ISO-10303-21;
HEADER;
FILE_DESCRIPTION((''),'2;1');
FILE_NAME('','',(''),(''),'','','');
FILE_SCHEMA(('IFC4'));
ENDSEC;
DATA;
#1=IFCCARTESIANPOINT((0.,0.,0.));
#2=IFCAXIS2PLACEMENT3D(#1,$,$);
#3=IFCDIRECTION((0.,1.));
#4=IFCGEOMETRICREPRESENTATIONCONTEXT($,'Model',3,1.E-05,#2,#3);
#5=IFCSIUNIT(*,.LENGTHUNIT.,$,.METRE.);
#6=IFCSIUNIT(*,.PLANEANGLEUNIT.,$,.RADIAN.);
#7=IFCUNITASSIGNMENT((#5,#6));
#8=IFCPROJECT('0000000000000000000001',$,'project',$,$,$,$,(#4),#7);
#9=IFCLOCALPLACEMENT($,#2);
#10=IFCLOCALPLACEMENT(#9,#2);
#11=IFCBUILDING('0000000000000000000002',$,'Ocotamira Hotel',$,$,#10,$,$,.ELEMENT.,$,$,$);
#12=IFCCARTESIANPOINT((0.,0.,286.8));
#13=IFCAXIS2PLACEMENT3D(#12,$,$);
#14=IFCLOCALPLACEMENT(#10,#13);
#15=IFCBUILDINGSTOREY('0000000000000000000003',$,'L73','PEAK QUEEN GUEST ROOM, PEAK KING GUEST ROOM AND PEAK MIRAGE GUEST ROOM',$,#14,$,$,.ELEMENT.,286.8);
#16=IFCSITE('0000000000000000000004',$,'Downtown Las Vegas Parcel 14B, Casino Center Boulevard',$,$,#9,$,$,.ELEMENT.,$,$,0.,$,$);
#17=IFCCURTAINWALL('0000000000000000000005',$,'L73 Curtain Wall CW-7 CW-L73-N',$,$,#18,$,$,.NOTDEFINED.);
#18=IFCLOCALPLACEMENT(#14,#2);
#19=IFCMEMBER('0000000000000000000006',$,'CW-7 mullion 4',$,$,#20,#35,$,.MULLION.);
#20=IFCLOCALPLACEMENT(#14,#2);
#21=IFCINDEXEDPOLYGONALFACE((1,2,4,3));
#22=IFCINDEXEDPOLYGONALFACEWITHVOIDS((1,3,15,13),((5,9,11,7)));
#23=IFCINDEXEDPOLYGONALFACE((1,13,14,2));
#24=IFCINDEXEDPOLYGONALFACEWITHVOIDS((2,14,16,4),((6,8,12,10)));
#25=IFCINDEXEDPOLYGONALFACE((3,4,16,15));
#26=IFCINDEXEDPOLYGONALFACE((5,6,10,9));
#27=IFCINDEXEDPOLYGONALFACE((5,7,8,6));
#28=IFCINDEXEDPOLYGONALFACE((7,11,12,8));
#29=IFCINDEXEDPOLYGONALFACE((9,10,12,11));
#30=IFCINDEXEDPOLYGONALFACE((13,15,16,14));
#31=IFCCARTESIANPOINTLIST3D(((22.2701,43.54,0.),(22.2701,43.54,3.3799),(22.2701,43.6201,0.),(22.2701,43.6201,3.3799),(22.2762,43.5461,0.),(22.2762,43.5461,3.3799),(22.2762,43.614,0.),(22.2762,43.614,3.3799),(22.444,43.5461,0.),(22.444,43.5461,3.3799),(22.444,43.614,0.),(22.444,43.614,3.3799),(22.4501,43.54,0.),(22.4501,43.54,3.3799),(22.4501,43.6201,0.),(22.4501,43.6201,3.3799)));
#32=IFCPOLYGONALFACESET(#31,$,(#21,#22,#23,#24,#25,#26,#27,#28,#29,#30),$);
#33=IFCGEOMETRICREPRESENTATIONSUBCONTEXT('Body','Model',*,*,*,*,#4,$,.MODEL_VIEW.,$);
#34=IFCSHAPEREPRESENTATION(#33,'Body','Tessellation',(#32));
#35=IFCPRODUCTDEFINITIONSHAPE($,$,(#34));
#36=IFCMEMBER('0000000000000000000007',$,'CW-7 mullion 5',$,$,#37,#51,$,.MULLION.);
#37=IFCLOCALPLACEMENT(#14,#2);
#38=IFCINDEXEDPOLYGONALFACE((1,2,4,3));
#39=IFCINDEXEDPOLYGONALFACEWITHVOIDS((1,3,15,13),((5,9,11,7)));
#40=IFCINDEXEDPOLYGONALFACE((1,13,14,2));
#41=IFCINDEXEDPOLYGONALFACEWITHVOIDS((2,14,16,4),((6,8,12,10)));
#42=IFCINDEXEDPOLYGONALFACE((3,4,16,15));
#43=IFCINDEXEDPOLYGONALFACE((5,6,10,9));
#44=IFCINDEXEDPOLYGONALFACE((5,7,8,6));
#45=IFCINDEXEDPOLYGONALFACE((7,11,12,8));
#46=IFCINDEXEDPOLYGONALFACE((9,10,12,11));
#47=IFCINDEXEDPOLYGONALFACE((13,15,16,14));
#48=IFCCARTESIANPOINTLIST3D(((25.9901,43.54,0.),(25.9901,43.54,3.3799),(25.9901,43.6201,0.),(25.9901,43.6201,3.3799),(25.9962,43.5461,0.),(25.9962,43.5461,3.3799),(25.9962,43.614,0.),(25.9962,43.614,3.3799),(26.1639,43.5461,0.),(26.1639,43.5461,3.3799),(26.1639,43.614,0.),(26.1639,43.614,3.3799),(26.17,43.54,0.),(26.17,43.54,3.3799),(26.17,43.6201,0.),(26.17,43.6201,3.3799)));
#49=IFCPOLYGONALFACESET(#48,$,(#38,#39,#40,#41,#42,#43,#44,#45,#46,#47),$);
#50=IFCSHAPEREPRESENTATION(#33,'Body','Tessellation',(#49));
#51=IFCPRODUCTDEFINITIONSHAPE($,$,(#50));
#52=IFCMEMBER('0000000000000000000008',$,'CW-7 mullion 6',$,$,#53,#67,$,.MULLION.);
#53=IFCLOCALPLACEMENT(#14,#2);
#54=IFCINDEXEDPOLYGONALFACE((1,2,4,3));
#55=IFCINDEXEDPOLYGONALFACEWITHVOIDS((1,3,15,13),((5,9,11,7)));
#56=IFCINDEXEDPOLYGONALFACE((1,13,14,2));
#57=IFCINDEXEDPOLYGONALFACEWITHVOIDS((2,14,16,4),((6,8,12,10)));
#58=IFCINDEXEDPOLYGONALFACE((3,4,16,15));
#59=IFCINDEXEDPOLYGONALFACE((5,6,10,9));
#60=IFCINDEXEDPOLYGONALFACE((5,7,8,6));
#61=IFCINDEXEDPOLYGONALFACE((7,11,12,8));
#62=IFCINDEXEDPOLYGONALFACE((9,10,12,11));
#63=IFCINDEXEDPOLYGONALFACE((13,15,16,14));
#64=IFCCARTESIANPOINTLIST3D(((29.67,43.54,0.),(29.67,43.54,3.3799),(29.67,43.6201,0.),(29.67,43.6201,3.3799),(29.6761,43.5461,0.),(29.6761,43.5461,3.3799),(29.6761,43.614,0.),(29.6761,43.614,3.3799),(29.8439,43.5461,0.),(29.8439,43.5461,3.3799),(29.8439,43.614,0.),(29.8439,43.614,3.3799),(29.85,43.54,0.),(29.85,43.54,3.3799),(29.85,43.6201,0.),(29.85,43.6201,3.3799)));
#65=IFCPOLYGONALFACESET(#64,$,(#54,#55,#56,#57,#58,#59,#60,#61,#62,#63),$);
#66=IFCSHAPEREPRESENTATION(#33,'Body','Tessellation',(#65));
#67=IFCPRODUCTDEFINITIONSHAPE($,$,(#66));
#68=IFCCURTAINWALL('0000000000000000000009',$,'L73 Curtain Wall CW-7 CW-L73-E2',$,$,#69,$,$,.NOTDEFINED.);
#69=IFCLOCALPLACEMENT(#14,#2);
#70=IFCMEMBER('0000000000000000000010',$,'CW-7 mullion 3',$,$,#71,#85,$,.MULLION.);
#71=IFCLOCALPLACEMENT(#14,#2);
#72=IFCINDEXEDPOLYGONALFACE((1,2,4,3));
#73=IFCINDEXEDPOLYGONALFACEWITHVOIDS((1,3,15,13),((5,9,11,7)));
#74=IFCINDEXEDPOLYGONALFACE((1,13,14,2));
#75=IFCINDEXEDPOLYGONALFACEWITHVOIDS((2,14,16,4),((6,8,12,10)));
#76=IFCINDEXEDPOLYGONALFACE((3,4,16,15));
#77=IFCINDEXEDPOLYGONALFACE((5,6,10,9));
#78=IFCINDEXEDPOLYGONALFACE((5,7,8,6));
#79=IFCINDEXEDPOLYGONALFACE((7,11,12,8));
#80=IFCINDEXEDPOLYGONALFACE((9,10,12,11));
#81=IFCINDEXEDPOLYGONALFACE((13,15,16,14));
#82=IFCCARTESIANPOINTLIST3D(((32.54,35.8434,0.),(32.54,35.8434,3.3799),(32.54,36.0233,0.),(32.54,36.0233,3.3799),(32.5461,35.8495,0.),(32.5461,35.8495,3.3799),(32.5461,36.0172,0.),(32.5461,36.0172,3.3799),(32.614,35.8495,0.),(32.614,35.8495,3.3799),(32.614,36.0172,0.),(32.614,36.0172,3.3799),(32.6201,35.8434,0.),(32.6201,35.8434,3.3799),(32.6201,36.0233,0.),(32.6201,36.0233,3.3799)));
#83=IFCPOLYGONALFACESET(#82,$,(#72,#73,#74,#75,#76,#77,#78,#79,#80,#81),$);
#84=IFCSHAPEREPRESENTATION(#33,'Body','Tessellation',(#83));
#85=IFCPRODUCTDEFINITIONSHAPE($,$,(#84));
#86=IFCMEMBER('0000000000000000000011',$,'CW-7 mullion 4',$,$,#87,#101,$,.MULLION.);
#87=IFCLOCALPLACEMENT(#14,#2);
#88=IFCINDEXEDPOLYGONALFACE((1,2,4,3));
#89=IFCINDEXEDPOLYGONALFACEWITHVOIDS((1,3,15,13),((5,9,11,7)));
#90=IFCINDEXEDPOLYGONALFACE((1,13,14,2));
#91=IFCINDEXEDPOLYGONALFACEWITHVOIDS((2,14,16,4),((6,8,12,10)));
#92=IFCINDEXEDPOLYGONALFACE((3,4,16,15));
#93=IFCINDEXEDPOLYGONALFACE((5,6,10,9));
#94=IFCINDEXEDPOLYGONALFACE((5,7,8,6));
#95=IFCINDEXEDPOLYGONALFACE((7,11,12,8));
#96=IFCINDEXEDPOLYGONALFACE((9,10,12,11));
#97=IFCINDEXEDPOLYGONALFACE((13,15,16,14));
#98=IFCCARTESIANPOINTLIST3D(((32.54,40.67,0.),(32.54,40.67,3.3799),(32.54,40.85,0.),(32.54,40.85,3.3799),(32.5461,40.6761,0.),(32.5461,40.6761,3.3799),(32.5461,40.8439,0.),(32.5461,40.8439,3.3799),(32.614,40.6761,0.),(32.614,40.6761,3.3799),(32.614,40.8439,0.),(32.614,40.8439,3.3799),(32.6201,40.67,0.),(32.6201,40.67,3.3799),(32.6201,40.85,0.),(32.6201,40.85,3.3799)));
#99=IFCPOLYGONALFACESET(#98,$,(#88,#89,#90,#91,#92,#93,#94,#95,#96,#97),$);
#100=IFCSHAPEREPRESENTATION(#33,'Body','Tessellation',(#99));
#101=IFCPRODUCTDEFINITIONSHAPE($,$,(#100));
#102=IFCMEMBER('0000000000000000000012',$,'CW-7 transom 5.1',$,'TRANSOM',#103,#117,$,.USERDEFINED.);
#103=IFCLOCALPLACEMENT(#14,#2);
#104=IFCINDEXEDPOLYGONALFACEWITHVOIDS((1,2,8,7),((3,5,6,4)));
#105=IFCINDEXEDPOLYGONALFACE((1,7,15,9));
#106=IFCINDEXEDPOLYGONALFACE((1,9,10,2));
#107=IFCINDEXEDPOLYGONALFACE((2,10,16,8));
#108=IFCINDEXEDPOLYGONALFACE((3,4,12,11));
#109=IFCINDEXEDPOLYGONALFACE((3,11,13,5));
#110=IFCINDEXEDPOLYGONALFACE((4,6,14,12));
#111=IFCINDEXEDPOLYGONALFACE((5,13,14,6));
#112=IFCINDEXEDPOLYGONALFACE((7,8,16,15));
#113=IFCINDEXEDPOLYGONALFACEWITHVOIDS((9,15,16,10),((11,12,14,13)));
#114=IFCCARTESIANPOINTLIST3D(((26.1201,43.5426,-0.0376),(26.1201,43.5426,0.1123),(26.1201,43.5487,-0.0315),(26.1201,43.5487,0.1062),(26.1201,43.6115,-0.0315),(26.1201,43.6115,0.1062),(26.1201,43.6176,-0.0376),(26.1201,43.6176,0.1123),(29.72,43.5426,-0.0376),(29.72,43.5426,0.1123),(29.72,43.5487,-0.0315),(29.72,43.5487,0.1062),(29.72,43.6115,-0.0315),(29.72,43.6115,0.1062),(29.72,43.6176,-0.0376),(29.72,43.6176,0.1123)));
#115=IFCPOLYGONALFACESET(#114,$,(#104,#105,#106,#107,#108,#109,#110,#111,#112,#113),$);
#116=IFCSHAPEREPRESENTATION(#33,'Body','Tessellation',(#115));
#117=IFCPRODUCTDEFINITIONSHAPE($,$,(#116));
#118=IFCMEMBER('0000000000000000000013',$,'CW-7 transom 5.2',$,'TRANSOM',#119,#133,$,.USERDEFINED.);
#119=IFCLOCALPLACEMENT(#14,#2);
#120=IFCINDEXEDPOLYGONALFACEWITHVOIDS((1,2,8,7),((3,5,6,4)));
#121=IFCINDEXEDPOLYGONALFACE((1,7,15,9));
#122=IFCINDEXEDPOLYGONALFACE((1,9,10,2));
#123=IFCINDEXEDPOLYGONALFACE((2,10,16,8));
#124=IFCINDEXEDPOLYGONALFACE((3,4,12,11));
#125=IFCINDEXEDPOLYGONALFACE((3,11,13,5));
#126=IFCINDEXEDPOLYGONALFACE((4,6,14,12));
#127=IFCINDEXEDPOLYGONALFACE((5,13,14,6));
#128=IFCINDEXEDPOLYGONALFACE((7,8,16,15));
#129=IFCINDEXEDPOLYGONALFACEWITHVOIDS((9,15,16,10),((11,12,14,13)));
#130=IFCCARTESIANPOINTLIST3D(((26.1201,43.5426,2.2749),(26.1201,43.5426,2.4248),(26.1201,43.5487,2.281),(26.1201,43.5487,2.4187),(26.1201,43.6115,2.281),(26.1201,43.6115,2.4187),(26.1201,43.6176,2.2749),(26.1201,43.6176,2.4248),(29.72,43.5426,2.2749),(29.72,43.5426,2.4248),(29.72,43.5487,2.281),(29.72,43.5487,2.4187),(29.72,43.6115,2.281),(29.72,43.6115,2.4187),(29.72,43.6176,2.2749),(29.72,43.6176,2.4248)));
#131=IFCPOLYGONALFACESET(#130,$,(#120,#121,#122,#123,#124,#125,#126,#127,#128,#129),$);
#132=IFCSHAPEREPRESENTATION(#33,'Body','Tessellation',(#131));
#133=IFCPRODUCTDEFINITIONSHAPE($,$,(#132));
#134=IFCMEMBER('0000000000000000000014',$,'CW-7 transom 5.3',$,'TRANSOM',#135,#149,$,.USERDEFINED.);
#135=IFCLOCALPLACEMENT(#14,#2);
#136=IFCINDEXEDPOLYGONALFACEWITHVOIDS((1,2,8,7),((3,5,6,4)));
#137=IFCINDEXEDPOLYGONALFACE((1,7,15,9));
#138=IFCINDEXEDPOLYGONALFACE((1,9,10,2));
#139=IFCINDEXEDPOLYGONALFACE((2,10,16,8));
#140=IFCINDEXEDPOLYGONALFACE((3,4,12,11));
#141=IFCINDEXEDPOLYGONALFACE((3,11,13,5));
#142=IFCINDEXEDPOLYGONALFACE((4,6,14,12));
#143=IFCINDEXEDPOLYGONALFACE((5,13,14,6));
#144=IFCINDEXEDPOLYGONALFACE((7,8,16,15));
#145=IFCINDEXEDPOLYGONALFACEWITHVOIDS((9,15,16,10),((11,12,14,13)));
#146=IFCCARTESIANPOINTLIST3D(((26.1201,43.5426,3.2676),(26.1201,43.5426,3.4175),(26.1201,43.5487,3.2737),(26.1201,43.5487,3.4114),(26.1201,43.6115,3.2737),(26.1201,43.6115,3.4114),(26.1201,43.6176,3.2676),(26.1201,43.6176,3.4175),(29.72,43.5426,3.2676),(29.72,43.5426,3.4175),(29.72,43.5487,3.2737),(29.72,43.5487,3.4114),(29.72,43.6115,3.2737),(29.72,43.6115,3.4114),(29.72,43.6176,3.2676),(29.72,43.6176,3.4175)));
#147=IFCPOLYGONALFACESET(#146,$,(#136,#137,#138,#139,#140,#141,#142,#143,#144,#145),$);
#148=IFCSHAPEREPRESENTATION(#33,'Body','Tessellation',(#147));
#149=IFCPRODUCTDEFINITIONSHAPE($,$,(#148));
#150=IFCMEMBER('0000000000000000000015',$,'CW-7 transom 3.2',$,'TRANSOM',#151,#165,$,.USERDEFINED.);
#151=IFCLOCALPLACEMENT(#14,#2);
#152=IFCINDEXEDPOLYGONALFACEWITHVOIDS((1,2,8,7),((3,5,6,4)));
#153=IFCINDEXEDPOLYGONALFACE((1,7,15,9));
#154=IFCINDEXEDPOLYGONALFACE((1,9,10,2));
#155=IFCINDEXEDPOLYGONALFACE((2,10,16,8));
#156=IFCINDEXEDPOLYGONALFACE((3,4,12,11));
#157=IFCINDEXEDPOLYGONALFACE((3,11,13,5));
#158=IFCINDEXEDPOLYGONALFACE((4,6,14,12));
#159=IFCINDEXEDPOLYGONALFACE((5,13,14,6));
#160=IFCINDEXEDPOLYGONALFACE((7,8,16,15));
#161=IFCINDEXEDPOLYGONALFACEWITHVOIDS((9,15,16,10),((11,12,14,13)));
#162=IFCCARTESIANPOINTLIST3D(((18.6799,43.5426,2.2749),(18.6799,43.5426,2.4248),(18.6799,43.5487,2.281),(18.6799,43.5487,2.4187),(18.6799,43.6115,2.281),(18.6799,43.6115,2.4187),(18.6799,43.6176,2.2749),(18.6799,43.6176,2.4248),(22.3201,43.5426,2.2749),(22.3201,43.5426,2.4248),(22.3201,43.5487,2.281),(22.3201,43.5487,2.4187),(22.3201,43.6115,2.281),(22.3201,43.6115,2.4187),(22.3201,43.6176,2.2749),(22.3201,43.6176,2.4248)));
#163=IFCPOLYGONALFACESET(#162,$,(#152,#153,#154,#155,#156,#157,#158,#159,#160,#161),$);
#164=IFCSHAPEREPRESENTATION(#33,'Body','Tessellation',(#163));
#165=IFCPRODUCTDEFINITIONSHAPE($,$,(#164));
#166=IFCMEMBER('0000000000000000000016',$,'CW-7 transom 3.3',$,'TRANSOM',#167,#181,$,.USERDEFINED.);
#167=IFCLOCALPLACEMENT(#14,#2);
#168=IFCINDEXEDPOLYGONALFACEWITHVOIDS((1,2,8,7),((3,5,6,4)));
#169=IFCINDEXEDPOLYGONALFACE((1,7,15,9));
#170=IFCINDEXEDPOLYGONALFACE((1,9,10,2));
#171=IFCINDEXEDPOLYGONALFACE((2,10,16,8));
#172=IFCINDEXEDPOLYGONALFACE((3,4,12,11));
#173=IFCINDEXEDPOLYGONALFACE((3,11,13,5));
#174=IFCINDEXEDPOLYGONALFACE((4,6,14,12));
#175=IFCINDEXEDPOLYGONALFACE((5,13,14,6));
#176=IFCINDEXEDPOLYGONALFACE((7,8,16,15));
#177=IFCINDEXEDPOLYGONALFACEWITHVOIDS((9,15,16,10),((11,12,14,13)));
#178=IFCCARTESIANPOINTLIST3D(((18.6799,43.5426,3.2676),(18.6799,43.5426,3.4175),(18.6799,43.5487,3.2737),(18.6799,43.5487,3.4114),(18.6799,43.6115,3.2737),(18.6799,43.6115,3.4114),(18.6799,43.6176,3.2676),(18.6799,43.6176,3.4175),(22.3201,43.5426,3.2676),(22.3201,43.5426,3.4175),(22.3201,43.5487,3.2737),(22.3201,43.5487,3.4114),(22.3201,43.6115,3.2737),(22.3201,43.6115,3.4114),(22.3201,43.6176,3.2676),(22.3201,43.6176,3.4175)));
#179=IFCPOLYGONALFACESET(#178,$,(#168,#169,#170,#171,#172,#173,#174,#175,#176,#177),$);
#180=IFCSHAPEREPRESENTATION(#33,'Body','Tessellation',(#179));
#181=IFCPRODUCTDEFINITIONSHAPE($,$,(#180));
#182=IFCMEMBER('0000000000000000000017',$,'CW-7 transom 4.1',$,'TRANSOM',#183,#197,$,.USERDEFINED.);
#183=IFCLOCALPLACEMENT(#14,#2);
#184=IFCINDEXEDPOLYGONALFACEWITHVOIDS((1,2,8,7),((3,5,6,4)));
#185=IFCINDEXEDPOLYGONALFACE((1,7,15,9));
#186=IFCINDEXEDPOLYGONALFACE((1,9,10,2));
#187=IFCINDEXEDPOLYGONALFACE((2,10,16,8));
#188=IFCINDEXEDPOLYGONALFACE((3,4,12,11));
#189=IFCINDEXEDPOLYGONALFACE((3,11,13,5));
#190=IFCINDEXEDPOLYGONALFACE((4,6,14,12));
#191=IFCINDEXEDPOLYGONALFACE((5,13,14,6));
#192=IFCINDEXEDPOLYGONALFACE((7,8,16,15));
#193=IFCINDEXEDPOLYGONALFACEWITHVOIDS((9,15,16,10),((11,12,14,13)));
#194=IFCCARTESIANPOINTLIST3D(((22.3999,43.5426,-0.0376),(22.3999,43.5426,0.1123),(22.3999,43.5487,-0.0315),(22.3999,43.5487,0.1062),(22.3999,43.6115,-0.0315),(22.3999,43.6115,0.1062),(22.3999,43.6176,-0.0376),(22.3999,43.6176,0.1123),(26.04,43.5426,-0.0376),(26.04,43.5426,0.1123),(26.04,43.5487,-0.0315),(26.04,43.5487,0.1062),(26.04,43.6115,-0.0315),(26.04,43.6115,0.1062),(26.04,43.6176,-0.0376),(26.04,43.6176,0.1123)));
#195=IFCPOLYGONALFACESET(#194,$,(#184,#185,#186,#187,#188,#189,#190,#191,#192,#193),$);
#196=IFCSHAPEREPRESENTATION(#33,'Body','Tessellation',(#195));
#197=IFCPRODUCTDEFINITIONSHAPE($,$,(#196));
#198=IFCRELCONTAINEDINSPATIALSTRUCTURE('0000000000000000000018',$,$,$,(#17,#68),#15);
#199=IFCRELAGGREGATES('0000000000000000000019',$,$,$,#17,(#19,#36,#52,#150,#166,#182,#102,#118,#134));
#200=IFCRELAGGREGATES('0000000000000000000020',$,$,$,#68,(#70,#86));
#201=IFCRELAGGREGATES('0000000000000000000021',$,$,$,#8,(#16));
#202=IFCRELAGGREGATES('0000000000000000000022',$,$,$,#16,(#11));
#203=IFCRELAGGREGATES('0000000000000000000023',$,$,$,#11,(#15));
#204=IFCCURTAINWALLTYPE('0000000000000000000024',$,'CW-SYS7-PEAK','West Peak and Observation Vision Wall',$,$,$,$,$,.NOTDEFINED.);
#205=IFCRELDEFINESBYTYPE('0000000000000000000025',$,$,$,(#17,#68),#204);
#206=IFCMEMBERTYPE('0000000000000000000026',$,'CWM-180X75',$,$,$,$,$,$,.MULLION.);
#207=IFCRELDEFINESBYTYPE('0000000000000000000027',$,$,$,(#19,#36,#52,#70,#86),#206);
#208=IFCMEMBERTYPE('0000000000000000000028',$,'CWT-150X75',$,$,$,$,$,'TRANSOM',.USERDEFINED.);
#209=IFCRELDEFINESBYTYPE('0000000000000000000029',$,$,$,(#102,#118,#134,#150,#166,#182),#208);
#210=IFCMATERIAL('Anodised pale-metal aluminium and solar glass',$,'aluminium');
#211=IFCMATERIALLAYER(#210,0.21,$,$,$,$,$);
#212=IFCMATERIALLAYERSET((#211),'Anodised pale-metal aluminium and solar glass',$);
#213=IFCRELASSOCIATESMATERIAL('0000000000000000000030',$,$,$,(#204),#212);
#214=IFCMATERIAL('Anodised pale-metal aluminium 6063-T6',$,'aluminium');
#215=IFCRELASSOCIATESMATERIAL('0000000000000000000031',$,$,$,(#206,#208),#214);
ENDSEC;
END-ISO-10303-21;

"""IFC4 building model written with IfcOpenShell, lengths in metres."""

from ifc_helpers import new_model, si_unit, direction, frame, origin, origin_2d, place, context, subcontext, project, spatial, hollow_rectangle, extrude, source, transform, mapped, material, layer, layer_set, material_profile, profile_set, type_object, element, aggregate, save


model = new_model("IFC4")

# Units and contexts
model_context = context("Model", 3, precision=1e-05, world=origin(), true_north=direction((0.0, 1.0)))
body_context = subcontext(model_context, "Body", "Model", "MODEL_VIEW")
ifc_project = project(units=[si_unit("LENGTHUNIT", "METRE"), si_unit("PLANEANGLEUNIT", "RADIAN")], contexts=[model_context])

# Site, building, storey
site_placement = place(None, origin())
site = spatial("IfcSite", under=ifc_project, at=site_placement, Name="Downtown Las Vegas Parcel 14B, Casino Center Boulevard", CompositionType="ELEMENT", RefElevation=0.0)
building_placement = place(site_placement, origin())
building = spatial("IfcBuilding", under=site, at=building_placement, Name="Ocotamira Hotel", CompositionType="ELEMENT")
storey_placement = place(building_placement, frame((0.0, 0.0, 286.8)))
storey = spatial("IfcBuildingStorey", under=building, at=storey_placement, Name="L73", Description="PEAK QUEEN GUEST ROOM, PEAK KING GUEST ROOM AND PEAK MIRAGE GUEST ROOM", CompositionType="ELEMENT", Elevation=286.8)

# Curtain walls, members
ifc_material_1 = material(Name="Anodised pale-metal aluminium and solar glass", Category="aluminium")
ifc_layer_1 = layer(ifc_material_1, 0.21)
ifc_layer_set_1 = layer_set([ifc_layer_1], Name="Anodised pale-metal aluminium and solar glass")
curtain_wall_type = type_object("IfcCurtainWallType", Name="CW-SYS7-PEAK", Description="West Peak and Observation Vision Wall", PredefinedType="NOTDEFINED", material=ifc_layer_set_1)
curtain_wall_1_placement = place(storey_placement, origin())
curtain_wall_1 = element("IfcCurtainWall", 1, at=curtain_wall_1_placement, inside=storey, type_object=curtain_wall_type, Name="L73 Curtain Wall CW-7 CW-L73-N", PredefinedType="NOTDEFINED")
ifc_material_2 = material(Name="Anodised pale-metal aluminium 6063-T6", Category="aluminium")
ifc_material_profile_1 = material_profile(ifc_material_2, hollow_rectangle(XDim=0.0801, YDim=0.1799, WallThickness=0.0061, at=origin_2d()), Name="HSS180X80X6")
ifc_profile_set_1 = profile_set([ifc_material_profile_1], Name="Anodised pale-metal aluminium 6063-T6")
member_type_1 = type_object("IfcMemberType", Name="CWM-180X75", PredefinedType="MULLION", material=ifc_profile_set_1)
shared_shape_1 = source(origin(), body_context, "Body", "SweptSolid", [
    extrude(hollow_rectangle(XDim=0.0801, YDim=0.1799, WallThickness=0.0061, at=origin_2d()), origin(), (0.0, 0.0, 1.0), 3.3799),
])
member_1_placement = place(storey_placement, frame((22.3601, 43.5801, 0.0), z_axis=(0.0, 0.0, 1.0), x_axis=(0.0, 1.0, 0.0)))
member_1 = element("IfcMember", 2, at=member_1_placement, type_object=member_type_1, Name="CW-7 mullion 4", PredefinedType="MULLION", context=body_context, shape_type="MappedRepresentation", body=[
    mapped(shared_shape_1, transform((0.0, 0.0, 0.0), scale=1.0)),
])
member_2_placement = place(storey_placement, frame((26.0801, 43.5801, 0.0), z_axis=(0.0, 0.0, 1.0), x_axis=(0.0, 1.0, 0.0)))
member_2 = element("IfcMember", 3, at=member_2_placement, type_object=member_type_1, Name="CW-7 mullion 5", PredefinedType="MULLION", context=body_context, shape_type="MappedRepresentation", body=[
    mapped(shared_shape_1, transform((0.0, 0.0, 0.0), scale=1.0)),
])
member_3_placement = place(storey_placement, frame((29.76, 43.5801, 0.0), z_axis=(0.0, 0.0, 1.0), x_axis=(0.0, 1.0, 0.0)))
member_3 = element("IfcMember", 4, at=member_3_placement, type_object=member_type_1, Name="CW-7 mullion 6", PredefinedType="MULLION", context=body_context, shape_type="MappedRepresentation", body=[
    mapped(shared_shape_1, transform((0.0, 0.0, 0.0), scale=1.0)),
])
curtain_wall_2_placement = place(storey_placement, origin())
curtain_wall_2 = element("IfcCurtainWall", 5, at=curtain_wall_2_placement, inside=storey, type_object=curtain_wall_type, Name="L73 Curtain Wall CW-7 CW-L73-E2", PredefinedType="NOTDEFINED")
member_4_placement = place(storey_placement, frame((32.5801, 35.9333, 0.0), z_axis=(0.0, 0.0, 1.0), x_axis=(-1.0, 0.0, 0.0)))
member_4 = element("IfcMember", 6, at=member_4_placement, type_object=member_type_1, Name="CW-7 mullion 3", PredefinedType="MULLION", context=body_context, shape_type="MappedRepresentation", body=[
    mapped(shared_shape_1, transform((0.0, 0.0, 0.0), scale=1.0)),
])
member_5_placement = place(storey_placement, frame((32.5801, 40.76, 0.0), z_axis=(0.0, 0.0, 1.0), x_axis=(-1.0, 0.0, 0.0)))
member_5 = element("IfcMember", 7, at=member_5_placement, type_object=member_type_1, Name="CW-7 mullion 4", PredefinedType="MULLION", context=body_context, shape_type="MappedRepresentation", body=[
    mapped(shared_shape_1, transform((0.0, 0.0, 0.0), scale=1.0)),
])

# Members
ifc_material_profile_2 = material_profile(ifc_material_2, hollow_rectangle(XDim=0.075, YDim=0.1499, WallThickness=0.0061, at=origin_2d()), Name="HSS150X75X6")
ifc_profile_set_2 = profile_set([ifc_material_profile_2], Name="Anodised pale-metal aluminium 6063-T6")
member_type_2 = type_object("IfcMemberType", Name="CWT-150X75", ElementType="TRANSOM", PredefinedType="USERDEFINED", material=ifc_profile_set_2)
shared_shape_2 = source(origin(), body_context, "Body", "SweptSolid", [
    extrude(hollow_rectangle(XDim=0.075, YDim=0.1499, WallThickness=0.0061, at=origin_2d()), origin(), (0.0, 0.0, 1.0), 3.5999),
])
member_6_placement = place(storey_placement, frame((26.1201, 43.5801, 0.0374), z_axis=(1.0, 0.0, 0.0), x_axis=(0.0, 1.0, 0.0)))
member_6 = element("IfcMember", 8, at=member_6_placement, type_object=member_type_2, Name="CW-7 transom 5.1", ObjectType="TRANSOM", PredefinedType="USERDEFINED", context=body_context, shape_type="MappedRepresentation", body=[
    mapped(shared_shape_2, transform((0.0, 0.0, 0.0), scale=1.0)),
])
member_7_placement = place(storey_placement, frame((26.1201, 43.5801, 2.3499), z_axis=(1.0, 0.0, 0.0), x_axis=(0.0, 1.0, 0.0)))
member_7 = element("IfcMember", 9, at=member_7_placement, type_object=member_type_2, Name="CW-7 transom 5.2", ObjectType="TRANSOM", PredefinedType="USERDEFINED", context=body_context, shape_type="MappedRepresentation", body=[
    mapped(shared_shape_2, transform((0.0, 0.0, 0.0), scale=1.0)),
])
member_8_placement = place(storey_placement, frame((26.1201, 43.5801, 3.3425), z_axis=(1.0, 0.0, 0.0), x_axis=(0.0, 1.0, 0.0)))
member_8 = element("IfcMember", 10, at=member_8_placement, type_object=member_type_2, Name="CW-7 transom 5.3", ObjectType="TRANSOM", PredefinedType="USERDEFINED", context=body_context, shape_type="MappedRepresentation", body=[
    mapped(shared_shape_2, transform((0.0, 0.0, 0.0), scale=1.0)),
])
shared_shape_3 = source(origin(), body_context, "Body", "SweptSolid", [
    extrude(hollow_rectangle(XDim=0.075, YDim=0.1499, WallThickness=0.0061, at=origin_2d()), origin(), (0.0, 0.0, 1.0), 3.6401),
])
member_9_placement = place(storey_placement, frame((18.6799, 43.5801, 2.3499), z_axis=(1.0, 0.0, 0.0), x_axis=(0.0, 1.0, 0.0)))
member_9 = element("IfcMember", 11, at=member_9_placement, type_object=member_type_2, Name="CW-7 transom 3.2", ObjectType="TRANSOM", PredefinedType="USERDEFINED", context=body_context, shape_type="MappedRepresentation", body=[
    mapped(shared_shape_3, transform((0.0, 0.0, 0.0), scale=1.0)),
])
member_10_placement = place(storey_placement, frame((18.6799, 43.5801, 3.3425), z_axis=(1.0, 0.0, 0.0), x_axis=(0.0, 1.0, 0.0)))
member_10 = element("IfcMember", 12, at=member_10_placement, type_object=member_type_2, Name="CW-7 transom 3.3", ObjectType="TRANSOM", PredefinedType="USERDEFINED", context=body_context, shape_type="MappedRepresentation", body=[
    mapped(shared_shape_3, transform((0.0, 0.0, 0.0), scale=1.0)),
])
member_11_placement = place(storey_placement, frame((22.3999, 43.5801, 0.0374), z_axis=(1.0, 0.0, 0.0), x_axis=(0.0, 1.0, 0.0)))
member_11 = element("IfcMember", 13, at=member_11_placement, type_object=member_type_2, Name="CW-7 transom 4.1", ObjectType="TRANSOM", PredefinedType="USERDEFINED", context=body_context, shape_type="MappedRepresentation", body=[
    mapped(shared_shape_3, transform((0.0, 0.0, 0.0), scale=1.0)),
])

aggregate(curtain_wall_1, [member_1, member_2, member_3, member_9, member_10, member_11, member_6, member_7, member_8])
aggregate(curtain_wall_2, [member_4, member_5])

save(model, "model.ifc")
